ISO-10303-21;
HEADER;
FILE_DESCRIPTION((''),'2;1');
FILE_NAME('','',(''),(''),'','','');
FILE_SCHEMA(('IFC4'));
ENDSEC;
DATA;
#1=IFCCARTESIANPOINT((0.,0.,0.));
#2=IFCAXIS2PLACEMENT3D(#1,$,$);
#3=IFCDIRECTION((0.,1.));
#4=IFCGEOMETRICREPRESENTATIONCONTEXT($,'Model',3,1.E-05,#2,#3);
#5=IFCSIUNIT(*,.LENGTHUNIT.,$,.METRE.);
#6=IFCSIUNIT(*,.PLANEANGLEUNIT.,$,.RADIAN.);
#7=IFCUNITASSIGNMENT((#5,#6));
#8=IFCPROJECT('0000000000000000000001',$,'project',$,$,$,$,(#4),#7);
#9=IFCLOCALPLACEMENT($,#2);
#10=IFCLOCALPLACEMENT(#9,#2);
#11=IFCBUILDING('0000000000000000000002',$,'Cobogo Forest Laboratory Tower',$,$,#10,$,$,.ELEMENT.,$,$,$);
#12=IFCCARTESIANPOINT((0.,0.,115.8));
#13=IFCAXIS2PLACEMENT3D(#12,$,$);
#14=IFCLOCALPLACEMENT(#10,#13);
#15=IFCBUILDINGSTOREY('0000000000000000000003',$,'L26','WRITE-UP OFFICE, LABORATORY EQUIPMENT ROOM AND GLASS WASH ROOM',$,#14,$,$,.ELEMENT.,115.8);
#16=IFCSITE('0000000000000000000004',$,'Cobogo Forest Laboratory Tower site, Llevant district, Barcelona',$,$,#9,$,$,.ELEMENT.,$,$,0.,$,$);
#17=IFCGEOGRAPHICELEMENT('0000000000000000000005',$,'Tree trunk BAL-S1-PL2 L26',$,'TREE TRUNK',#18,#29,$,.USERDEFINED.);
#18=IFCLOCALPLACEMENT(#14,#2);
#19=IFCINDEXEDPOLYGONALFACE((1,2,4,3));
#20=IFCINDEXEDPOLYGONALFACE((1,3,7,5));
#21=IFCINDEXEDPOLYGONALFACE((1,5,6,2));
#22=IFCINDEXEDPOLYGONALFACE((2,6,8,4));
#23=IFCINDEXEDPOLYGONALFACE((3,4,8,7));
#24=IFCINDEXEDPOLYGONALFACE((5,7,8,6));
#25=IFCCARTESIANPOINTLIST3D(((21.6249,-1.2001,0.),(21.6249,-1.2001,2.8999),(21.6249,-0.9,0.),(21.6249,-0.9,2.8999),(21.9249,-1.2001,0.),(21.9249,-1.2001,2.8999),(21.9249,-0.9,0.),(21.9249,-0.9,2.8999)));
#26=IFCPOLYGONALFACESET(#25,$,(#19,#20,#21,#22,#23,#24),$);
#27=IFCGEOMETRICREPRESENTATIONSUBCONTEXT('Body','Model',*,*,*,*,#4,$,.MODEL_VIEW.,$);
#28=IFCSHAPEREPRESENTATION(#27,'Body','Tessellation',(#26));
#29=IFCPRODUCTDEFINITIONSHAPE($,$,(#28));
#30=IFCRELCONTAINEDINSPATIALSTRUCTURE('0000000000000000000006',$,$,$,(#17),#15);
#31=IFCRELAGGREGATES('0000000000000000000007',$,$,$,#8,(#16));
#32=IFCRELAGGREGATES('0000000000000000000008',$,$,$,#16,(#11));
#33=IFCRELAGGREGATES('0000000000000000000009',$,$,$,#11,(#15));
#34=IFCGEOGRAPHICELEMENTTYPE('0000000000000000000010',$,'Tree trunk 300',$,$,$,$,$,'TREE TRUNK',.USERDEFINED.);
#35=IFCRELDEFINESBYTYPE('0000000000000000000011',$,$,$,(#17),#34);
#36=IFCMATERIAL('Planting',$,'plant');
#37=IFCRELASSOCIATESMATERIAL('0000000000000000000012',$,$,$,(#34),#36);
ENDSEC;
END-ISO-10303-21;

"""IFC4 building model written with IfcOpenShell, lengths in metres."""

from ifc_helpers import new_model, si_unit, direction, frame, origin, origin_2d, place, context, subcontext, project, spatial, rectangle, extrude, material, type_object, element, save


model = new_model("IFC4")

# Units and contexts
model_context = context("Model", 3, precision=1e-05, world=origin(), true_north=direction((0.0, 1.0)))
body_context = subcontext(model_context, "Body", "Model", "MODEL_VIEW")
ifc_project = project(units=[si_unit("LENGTHUNIT", "METRE"), si_unit("PLANEANGLEUNIT", "RADIAN")], contexts=[model_context])

# Site, building, storey
site_placement = place(None, origin())
site = spatial("IfcSite", under=ifc_project, at=site_placement, Name="Cobogo Forest Laboratory Tower site, Llevant district, Barcelona", CompositionType="ELEMENT", RefElevation=0.0)
building_placement = place(site_placement, origin())
building = spatial("IfcBuilding", under=site, at=building_placement, Name="Cobogo Forest Laboratory Tower", CompositionType="ELEMENT")
storey_placement = place(building_placement, frame((0.0, 0.0, 115.8)))
storey = spatial("IfcBuildingStorey", under=building, at=storey_placement, Name="L26", Description="WRITE-UP OFFICE, LABORATORY EQUIPMENT ROOM AND GLASS WASH ROOM", CompositionType="ELEMENT", Elevation=115.8)

# Geographic element
ifc_material_1 = material(Name="Planting", Category="plant")
geographic_element_type = type_object("IfcGeographicElementType", Name="Tree trunk 300", ElementType="TREE TRUNK", PredefinedType="USERDEFINED", material=ifc_material_1)
geographic_element_placement = place(storey_placement, frame((21.7749, -1.05, 0.0), z_axis=(0.0, 0.0, 1.0), x_axis=(1.0, 0.0, 0.0)))
element("IfcGeographicElement", 1, at=geographic_element_placement, inside=storey, type_object=geographic_element_type, Name="Tree trunk BAL-S1-PL2 L26", ObjectType="TREE TRUNK", PredefinedType="USERDEFINED", context=body_context, shape_type="SweptSolid", body=[
    extrude(rectangle(XDim=0.3, YDim=0.3, at=origin_2d()), origin(), (0.0, 0.0, 1.0), 2.8999),
])

save(model, "model.ifc")
